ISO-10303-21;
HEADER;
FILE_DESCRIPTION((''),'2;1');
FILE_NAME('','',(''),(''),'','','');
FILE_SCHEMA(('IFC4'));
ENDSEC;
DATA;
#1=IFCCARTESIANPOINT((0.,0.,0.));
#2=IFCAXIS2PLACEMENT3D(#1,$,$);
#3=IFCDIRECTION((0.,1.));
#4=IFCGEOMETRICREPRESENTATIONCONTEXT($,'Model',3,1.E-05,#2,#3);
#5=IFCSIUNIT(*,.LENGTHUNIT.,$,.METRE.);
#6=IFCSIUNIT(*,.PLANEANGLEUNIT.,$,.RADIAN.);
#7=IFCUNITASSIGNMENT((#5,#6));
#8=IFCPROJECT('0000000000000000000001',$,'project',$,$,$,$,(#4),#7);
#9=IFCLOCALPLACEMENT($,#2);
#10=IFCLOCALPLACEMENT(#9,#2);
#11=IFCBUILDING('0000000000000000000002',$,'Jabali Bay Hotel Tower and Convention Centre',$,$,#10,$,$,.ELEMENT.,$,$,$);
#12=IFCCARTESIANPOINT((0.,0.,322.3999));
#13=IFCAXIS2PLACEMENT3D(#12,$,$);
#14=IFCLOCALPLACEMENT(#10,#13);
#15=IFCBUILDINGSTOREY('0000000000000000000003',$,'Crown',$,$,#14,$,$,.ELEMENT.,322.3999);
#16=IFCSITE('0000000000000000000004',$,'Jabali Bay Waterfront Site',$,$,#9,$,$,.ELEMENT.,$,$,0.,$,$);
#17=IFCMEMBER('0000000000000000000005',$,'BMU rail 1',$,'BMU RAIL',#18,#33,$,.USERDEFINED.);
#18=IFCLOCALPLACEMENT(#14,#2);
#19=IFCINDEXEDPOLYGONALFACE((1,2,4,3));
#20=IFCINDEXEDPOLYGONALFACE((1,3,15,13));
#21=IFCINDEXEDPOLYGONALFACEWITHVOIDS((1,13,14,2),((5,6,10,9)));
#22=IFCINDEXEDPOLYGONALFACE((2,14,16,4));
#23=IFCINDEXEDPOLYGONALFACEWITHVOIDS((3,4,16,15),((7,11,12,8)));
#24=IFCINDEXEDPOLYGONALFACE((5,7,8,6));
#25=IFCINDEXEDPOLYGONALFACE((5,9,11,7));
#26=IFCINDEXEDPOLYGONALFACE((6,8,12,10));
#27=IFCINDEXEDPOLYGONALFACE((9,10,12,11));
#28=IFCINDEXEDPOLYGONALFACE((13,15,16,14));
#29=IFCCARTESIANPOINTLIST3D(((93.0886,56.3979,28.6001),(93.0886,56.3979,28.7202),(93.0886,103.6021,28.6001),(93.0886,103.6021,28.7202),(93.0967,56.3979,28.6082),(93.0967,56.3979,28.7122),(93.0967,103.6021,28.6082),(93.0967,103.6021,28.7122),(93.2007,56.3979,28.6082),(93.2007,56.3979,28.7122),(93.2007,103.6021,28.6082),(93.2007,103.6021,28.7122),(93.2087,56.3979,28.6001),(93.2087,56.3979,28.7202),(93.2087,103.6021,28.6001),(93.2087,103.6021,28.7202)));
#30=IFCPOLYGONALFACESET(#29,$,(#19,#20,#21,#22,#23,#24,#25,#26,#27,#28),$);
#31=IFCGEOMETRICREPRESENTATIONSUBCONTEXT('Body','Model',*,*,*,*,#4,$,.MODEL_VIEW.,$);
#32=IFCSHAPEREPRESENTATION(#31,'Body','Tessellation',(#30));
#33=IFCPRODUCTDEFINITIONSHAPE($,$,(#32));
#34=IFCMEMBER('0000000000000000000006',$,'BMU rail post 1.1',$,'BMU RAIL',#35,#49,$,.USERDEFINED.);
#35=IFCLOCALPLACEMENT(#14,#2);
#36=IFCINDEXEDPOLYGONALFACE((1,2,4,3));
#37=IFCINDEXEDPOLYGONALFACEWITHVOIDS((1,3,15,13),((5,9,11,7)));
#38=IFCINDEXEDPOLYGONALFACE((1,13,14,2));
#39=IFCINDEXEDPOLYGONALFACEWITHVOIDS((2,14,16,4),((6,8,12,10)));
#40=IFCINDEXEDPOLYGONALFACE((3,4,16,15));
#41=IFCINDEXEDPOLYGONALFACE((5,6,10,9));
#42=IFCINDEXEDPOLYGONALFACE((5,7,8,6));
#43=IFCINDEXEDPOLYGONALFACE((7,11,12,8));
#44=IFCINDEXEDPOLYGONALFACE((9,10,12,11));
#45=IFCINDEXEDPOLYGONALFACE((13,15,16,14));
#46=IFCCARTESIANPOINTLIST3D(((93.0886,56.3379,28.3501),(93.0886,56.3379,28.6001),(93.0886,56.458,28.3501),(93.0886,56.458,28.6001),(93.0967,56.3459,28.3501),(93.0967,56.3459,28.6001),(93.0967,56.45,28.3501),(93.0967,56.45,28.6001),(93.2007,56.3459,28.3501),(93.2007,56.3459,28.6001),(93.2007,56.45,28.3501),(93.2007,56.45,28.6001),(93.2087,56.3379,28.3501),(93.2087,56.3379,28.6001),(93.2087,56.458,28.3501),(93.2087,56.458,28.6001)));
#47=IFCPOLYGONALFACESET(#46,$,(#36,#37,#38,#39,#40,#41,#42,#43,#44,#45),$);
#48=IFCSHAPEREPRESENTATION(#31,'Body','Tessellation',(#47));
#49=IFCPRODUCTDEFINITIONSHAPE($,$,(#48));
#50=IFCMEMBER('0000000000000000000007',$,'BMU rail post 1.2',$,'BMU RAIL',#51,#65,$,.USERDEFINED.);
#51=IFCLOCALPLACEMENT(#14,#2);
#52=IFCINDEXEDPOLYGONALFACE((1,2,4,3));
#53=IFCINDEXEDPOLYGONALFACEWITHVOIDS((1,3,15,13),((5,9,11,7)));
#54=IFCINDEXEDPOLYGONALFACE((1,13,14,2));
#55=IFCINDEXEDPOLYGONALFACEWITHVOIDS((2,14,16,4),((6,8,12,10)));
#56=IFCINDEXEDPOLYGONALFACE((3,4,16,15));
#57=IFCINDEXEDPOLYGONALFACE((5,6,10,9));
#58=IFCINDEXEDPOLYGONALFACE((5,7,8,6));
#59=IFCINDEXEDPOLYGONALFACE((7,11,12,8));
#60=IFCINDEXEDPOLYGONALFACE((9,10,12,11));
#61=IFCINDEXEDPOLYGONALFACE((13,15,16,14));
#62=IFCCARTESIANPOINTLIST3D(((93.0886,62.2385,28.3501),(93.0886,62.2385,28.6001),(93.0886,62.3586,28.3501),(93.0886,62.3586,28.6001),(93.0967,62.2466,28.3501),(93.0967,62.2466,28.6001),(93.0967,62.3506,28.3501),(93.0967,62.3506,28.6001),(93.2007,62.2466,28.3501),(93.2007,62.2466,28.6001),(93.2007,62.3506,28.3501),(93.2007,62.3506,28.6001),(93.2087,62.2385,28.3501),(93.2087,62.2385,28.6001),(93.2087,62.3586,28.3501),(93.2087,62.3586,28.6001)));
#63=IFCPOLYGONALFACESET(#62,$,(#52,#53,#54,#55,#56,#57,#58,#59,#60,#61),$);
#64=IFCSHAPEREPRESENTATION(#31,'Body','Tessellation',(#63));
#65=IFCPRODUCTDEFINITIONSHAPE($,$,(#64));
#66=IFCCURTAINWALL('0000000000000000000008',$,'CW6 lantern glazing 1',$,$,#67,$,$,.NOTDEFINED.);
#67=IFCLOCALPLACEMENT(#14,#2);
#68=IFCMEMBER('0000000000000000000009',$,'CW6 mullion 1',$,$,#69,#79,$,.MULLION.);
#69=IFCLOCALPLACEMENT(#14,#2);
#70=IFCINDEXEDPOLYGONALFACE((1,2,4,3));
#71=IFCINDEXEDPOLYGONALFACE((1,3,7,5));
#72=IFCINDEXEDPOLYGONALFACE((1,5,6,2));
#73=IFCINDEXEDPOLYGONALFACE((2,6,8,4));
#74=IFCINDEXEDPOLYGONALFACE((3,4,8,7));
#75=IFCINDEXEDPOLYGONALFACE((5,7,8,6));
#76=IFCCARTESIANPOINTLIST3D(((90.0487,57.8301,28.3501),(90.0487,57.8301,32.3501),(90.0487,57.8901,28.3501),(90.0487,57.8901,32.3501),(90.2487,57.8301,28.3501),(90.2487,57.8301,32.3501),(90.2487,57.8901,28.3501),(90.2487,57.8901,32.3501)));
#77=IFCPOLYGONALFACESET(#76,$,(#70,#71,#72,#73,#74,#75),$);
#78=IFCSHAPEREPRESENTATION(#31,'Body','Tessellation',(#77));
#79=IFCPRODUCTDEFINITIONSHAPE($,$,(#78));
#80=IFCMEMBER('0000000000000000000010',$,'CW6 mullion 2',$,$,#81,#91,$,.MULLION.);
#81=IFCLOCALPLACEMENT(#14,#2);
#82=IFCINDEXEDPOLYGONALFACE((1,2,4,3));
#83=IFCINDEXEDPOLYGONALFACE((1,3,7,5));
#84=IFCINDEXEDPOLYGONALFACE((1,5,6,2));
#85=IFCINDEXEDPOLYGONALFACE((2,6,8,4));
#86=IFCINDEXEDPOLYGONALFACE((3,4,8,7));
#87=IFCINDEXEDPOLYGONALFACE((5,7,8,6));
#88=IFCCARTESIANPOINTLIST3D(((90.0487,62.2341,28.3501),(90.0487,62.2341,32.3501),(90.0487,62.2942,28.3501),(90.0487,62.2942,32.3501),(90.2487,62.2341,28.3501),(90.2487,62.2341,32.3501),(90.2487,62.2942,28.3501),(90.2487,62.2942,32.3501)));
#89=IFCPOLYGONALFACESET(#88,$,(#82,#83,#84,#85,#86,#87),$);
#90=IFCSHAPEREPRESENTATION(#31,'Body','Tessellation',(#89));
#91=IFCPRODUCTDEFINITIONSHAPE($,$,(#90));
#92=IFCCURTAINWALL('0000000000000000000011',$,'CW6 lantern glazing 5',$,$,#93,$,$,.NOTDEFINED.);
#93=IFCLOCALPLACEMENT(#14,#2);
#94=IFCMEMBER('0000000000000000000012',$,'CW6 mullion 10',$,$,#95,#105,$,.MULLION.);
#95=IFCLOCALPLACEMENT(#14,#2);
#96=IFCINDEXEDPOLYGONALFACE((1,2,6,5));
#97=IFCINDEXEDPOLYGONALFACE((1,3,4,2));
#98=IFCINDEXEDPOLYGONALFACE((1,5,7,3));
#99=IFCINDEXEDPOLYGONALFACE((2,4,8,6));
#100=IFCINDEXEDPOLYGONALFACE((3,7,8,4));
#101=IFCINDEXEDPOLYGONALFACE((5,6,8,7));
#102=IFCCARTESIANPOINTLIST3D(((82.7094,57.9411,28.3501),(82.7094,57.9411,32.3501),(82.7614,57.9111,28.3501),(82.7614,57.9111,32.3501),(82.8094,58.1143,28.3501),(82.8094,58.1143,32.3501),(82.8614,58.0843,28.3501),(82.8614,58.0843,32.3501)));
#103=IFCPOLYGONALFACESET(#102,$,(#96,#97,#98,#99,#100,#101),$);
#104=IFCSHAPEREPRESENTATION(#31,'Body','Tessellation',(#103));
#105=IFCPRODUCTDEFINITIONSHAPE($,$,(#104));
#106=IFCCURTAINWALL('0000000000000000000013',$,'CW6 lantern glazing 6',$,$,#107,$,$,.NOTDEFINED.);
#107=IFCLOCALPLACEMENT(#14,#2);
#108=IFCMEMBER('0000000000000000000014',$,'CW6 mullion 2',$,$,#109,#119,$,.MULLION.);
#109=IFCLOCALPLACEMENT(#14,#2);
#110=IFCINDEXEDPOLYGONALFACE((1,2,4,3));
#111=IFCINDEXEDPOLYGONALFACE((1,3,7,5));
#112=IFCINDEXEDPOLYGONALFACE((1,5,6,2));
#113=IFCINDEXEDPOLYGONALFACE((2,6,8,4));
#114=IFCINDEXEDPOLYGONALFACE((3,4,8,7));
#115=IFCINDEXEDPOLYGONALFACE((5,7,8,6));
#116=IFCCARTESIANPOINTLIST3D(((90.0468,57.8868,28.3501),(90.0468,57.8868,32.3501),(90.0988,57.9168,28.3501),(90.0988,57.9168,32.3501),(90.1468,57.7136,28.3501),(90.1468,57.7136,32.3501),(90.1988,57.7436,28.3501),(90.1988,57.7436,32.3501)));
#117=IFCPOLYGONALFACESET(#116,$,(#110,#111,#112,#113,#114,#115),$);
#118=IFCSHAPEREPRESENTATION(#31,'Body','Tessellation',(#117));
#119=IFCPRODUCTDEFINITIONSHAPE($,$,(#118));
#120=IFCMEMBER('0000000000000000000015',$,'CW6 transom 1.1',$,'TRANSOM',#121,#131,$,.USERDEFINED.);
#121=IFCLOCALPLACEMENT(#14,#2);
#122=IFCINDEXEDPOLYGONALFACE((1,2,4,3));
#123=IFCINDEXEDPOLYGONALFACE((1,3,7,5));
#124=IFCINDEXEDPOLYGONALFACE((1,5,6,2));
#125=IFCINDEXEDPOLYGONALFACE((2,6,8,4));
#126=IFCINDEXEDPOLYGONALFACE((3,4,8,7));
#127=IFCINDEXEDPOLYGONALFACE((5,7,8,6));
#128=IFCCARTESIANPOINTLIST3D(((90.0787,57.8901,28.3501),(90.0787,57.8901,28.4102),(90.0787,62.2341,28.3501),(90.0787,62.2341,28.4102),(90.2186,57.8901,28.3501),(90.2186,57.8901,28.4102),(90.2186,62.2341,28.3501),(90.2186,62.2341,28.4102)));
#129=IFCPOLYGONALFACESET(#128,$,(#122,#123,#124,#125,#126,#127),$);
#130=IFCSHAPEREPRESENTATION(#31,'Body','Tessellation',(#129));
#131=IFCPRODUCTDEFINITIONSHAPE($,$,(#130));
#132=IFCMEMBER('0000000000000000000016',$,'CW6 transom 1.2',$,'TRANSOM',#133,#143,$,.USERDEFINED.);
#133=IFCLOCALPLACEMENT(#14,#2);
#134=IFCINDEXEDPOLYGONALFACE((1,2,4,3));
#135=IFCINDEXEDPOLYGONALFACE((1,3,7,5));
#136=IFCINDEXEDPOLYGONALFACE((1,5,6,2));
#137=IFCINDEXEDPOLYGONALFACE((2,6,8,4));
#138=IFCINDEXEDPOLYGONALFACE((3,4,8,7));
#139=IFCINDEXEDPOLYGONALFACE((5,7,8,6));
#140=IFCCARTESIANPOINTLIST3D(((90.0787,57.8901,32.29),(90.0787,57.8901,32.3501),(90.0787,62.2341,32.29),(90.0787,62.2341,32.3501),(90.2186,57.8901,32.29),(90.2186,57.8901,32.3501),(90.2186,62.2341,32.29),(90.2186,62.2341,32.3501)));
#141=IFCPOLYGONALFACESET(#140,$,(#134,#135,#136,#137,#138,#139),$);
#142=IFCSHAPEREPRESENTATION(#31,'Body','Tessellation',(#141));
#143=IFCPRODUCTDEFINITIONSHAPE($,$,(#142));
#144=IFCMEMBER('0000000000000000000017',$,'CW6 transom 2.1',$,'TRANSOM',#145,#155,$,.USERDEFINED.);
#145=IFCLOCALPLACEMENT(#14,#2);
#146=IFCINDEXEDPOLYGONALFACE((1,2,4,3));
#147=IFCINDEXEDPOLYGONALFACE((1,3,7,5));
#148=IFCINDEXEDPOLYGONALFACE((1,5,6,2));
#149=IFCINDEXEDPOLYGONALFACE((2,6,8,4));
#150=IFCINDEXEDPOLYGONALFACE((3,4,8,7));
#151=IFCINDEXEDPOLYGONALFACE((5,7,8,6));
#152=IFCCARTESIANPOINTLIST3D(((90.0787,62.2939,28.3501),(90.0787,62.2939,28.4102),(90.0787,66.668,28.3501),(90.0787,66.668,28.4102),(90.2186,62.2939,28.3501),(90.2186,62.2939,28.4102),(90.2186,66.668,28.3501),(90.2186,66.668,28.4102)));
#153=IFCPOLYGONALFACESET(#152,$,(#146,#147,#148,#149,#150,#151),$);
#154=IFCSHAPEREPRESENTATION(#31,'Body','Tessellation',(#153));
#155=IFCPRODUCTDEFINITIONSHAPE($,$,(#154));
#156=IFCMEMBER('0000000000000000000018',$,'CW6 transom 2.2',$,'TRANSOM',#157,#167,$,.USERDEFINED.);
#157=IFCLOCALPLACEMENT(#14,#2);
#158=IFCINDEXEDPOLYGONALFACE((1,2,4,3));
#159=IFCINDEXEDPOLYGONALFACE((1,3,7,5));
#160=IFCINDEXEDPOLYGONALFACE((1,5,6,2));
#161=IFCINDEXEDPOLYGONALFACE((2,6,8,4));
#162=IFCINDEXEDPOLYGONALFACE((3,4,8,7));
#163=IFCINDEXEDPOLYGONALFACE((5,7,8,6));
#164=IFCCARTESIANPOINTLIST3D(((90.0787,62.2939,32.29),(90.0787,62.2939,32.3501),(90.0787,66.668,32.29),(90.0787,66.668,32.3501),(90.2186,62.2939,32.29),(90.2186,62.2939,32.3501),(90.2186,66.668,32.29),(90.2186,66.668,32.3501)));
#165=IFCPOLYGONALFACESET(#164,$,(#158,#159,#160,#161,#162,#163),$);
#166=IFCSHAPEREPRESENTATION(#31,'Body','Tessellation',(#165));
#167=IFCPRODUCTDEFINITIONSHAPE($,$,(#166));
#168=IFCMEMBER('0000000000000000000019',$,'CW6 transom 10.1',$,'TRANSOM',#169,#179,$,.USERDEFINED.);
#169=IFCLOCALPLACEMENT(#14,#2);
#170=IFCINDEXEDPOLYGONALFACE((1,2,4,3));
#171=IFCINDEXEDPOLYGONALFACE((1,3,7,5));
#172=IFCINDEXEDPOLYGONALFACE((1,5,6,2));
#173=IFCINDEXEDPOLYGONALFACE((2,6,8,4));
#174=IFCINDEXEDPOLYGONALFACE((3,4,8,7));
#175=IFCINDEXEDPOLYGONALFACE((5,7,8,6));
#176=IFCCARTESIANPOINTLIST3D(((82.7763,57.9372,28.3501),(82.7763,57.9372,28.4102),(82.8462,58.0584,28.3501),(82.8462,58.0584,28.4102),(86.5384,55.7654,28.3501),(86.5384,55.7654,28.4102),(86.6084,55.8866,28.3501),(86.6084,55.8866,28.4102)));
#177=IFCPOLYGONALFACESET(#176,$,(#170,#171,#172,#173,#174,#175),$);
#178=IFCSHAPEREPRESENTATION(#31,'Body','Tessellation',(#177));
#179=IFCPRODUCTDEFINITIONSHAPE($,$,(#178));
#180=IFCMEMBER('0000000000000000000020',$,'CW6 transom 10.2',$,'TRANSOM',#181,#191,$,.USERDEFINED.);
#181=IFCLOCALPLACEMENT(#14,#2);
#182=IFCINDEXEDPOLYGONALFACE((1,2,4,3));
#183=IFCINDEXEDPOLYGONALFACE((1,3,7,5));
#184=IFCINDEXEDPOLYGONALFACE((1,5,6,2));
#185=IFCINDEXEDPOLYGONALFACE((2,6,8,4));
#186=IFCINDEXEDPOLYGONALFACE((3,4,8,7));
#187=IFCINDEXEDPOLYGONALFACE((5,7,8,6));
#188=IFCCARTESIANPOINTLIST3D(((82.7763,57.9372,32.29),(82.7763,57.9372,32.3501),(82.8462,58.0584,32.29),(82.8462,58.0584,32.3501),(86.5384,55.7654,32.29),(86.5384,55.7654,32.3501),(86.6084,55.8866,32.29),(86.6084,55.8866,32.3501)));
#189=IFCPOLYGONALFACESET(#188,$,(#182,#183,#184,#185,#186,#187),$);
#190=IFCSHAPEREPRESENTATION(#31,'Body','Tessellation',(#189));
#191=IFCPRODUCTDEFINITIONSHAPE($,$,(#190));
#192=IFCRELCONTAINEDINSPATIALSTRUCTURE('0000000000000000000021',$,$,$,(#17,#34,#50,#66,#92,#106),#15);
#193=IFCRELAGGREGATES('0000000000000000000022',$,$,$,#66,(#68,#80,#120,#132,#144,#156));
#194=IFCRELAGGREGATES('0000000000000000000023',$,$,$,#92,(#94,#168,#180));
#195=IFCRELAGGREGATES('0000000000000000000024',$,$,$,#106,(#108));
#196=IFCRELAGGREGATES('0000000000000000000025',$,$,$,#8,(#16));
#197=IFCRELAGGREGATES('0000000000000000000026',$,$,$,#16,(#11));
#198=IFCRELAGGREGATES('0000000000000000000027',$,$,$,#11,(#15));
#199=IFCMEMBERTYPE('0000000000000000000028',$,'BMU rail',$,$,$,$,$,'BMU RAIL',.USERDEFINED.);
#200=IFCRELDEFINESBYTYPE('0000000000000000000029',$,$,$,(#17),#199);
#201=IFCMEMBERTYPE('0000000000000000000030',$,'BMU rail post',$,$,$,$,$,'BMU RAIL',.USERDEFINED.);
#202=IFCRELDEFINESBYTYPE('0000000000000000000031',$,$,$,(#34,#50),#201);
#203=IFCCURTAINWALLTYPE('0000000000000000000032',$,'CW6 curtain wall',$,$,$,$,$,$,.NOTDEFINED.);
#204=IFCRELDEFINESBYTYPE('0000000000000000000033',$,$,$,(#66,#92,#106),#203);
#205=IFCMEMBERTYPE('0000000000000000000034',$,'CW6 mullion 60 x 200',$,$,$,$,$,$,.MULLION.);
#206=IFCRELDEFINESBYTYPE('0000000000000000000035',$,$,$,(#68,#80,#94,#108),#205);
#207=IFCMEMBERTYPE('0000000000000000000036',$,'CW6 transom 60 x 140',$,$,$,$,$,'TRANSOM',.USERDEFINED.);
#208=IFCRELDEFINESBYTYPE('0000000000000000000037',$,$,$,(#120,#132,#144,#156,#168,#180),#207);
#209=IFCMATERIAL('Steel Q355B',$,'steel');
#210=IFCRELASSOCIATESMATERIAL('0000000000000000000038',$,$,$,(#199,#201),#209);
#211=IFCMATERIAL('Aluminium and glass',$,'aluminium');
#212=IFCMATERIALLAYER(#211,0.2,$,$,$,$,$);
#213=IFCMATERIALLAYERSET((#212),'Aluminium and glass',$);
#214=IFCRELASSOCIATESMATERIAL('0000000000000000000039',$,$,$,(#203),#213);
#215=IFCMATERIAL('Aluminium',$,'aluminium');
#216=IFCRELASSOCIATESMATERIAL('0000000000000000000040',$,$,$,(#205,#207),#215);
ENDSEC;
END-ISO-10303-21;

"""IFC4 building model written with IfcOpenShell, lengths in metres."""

from ifc_helpers import new_model, si_unit, direction, frame, origin, origin_2d, place, context, subcontext, project, spatial, rectangle, hollow_rectangle, extrude, material, layer, layer_set, material_profile, profile_set, type_object, element, aggregate, save


model = new_model("IFC4")

# Units and contexts
model_context = context("Model", 3, precision=1e-05, world=origin(), true_north=direction((0.0, 1.0)))
body_context = subcontext(model_context, "Body", "Model", "MODEL_VIEW")
ifc_project = project(units=[si_unit("LENGTHUNIT", "METRE"), si_unit("PLANEANGLEUNIT", "RADIAN")], contexts=[model_context])

# Site, building, storey
site_placement = place(None, origin())
site = spatial("IfcSite", under=ifc_project, at=site_placement, Name="Jabali Bay Waterfront Site", CompositionType="ELEMENT", RefElevation=0.0)
building_placement = place(site_placement, origin())
building = spatial("IfcBuilding", under=site, at=building_placement, Name="Jabali Bay Hotel Tower and Convention Centre", CompositionType="ELEMENT")
storey_placement = place(building_placement, frame((0.0, 0.0, 322.3999)))
storey = spatial("IfcBuildingStorey", under=building, at=storey_placement, Name="Crown", CompositionType="ELEMENT", Elevation=322.3999)

# Members
ifc_material_1 = material(Name="Steel Q355B", Category="steel")
ifc_material_profile_1 = material_profile(ifc_material_1, hollow_rectangle(XDim=0.1201, YDim=0.1201, WallThickness=0.0081, at=origin_2d()), Name="BMU rail")
ifc_profile_set_1 = profile_set([ifc_material_profile_1], Name="Steel Q355B")
member_type_1 = type_object("IfcMemberType", Name="BMU rail", ElementType="BMU RAIL", PredefinedType="USERDEFINED", material=ifc_profile_set_1)
member_1_placement = place(storey_placement, frame((93.1487, 56.3979, 28.6602), z_axis=(0.0, 1.0, 0.0), x_axis=(-1.0, 0.0, 0.0)))
element("IfcMember", 1, at=member_1_placement, inside=storey, type_object=member_type_1, Name="BMU rail 1", ObjectType="BMU RAIL", PredefinedType="USERDEFINED", context=body_context, shape_type="SweptSolid", body=[
    extrude(hollow_rectangle(XDim=0.1201, YDim=0.1201, WallThickness=0.0081, at=origin_2d()), origin(), (0.0, 0.0, 1.0), 47.2041),
])
ifc_material_profile_2 = material_profile(ifc_material_1, hollow_rectangle(XDim=0.1201, YDim=0.1201, WallThickness=0.0081, at=origin_2d()), Name="BMU rail post")
ifc_profile_set_2 = profile_set([ifc_material_profile_2], Name="Steel Q355B")
member_type_2 = type_object("IfcMemberType", Name="BMU rail post", ElementType="BMU RAIL", PredefinedType="USERDEFINED", material=ifc_profile_set_2)
for number, where, z_axis, x_axis, name in (
    (2, (93.1487, 56.3979, 28.3501), (0.0, 0.0, 1.0), (1.0, 0.0, 0.0), "BMU rail post 1.1"),
    (3, (93.1487, 62.2986, 28.3501), (0.0, 0.0, 1.0), (1.0, 0.0, 0.0), "BMU rail post 1.2"),
):
    element("IfcMember", number, at=place(storey_placement, frame(where, z_axis=z_axis, x_axis=x_axis)), inside=storey, type_object=member_type_2, Name=name, ObjectType="BMU RAIL", PredefinedType="USERDEFINED", context=body_context, shape_type="SweptSolid", body=[
        extrude(hollow_rectangle(XDim=0.1201, YDim=0.1201, WallThickness=0.0081, at=origin_2d()), origin(), (0.0, 0.0, 1.0), 0.25),
    ])

# Curtain wall, members
ifc_material_2 = material(Name="Aluminium and glass", Category="aluminium")
ifc_layer_1 = layer(ifc_material_2, 0.2)
ifc_layer_set_1 = layer_set([ifc_layer_1], Name="Aluminium and glass")
curtain_wall_type = type_object("IfcCurtainWallType", Name="CW6 curtain wall", PredefinedType="NOTDEFINED", material=ifc_layer_set_1)
curtain_wall_1_placement = place(storey_placement, origin())
curtain_wall_1 = element("IfcCurtainWall", 4, at=curtain_wall_1_placement, inside=storey, type_object=curtain_wall_type, Name="CW6 lantern glazing 1", PredefinedType="NOTDEFINED")
ifc_material_3 = material(Name="Aluminium", Category="aluminium")
ifc_material_profile_3 = material_profile(ifc_material_3, rectangle(XDim=0.2, YDim=0.0601, at=origin_2d()), Name="CW6 mullion 60 x 200")
ifc_profile_set_3 = profile_set([ifc_material_profile_3], Name="Aluminium")
member_type_3 = type_object("IfcMemberType", Name="CW6 mullion 60 x 200", PredefinedType="MULLION", material=ifc_profile_set_3)
member_2_placement = place(storey_placement, frame((90.1487, 57.8601, 28.3501), z_axis=(0.0, 0.0, 1.0), x_axis=(-1.0, 0.0, 0.0)))
member_2 = element("IfcMember", 5, at=member_2_placement, type_object=member_type_3, Name="CW6 mullion 1", PredefinedType="MULLION", context=body_context, shape_type="SweptSolid", body=[
    extrude(rectangle(XDim=0.2, YDim=0.0601, at=origin_2d()), origin(), (0.0, 0.0, 1.0), 4.0),
])
member_3_placement = place(storey_placement, frame((90.1487, 62.2642, 28.3501), z_axis=(0.0, 0.0, 1.0), x_axis=(-1.0, 0.0, 0.0)))
member_3 = element("IfcMember", 6, at=member_3_placement, type_object=member_type_3, Name="CW6 mullion 2", PredefinedType="MULLION", context=body_context, shape_type="SweptSolid", body=[
    extrude(rectangle(XDim=0.2, YDim=0.0601, at=origin_2d()), origin(), (0.0, 0.0, 1.0), 4.0),
])

# Curtain walls, members
curtain_wall_2_placement = place(storey_placement, origin())
curtain_wall_2 = element("IfcCurtainWall", 7, at=curtain_wall_2_placement, inside=storey, type_object=curtain_wall_type, Name="CW6 lantern glazing 5", PredefinedType="NOTDEFINED")
member_4_placement = place(storey_placement, frame((82.7854, 58.0127, 28.3501), z_axis=(0.0, 0.0, 1.0), x_axis=(0.5, 0.866025, 0.0)))
member_4 = element("IfcMember", 8, at=member_4_placement, type_object=member_type_3, Name="CW6 mullion 10", PredefinedType="MULLION", context=body_context, shape_type="SweptSolid", body=[
    extrude(rectangle(XDim=0.2, YDim=0.0601, at=origin_2d()), origin(), (0.0, 0.0, 1.0), 4.0),
])
curtain_wall_3_placement = place(storey_placement, origin())
curtain_wall_3 = element("IfcCurtainWall", 9, at=curtain_wall_3_placement, inside=storey, type_object=curtain_wall_type, Name="CW6 lantern glazing 6", PredefinedType="NOTDEFINED")
member_5_placement = place(storey_placement, frame((90.1228, 57.8152, 28.3501), z_axis=(0.0, 0.0, 1.0), x_axis=(-0.5, 0.866025, 0.0)))
member_5 = element("IfcMember", 10, at=member_5_placement, type_object=member_type_3, Name="CW6 mullion 2", PredefinedType="MULLION", context=body_context, shape_type="SweptSolid", body=[
    extrude(rectangle(XDim=0.2, YDim=0.0601, at=origin_2d()), origin(), (0.0, 0.0, 1.0), 4.0),
])

# Members
ifc_material_profile_4 = material_profile(ifc_material_3, rectangle(XDim=0.1399, YDim=0.0601, at=origin_2d()), Name="CW6 transom 60 x 140")
ifc_profile_set_4 = profile_set([ifc_material_profile_4], Name="Aluminium")
member_type_4 = type_object("IfcMemberType", Name="CW6 transom 60 x 140", ElementType="TRANSOM", PredefinedType="USERDEFINED", material=ifc_profile_set_4)
member_6_placement = place(storey_placement, frame((90.1487, 57.8901, 28.3801), z_axis=(0.0, 1.0, 0.0), x_axis=(-1.0, 0.0, 0.0)))
member_6 = element("IfcMember", 11, at=member_6_placement, type_object=member_type_4, Name="CW6 transom 1.1", ObjectType="TRANSOM", PredefinedType="USERDEFINED", context=body_context, shape_type="SweptSolid", body=[
    extrude(rectangle(XDim=0.1399, YDim=0.0601, at=origin_2d()), origin(), (0.0, 0.0, 1.0), 4.344),
])
member_7_placement = place(storey_placement, frame((90.1487, 57.8901, 32.3201), z_axis=(0.0, 1.0, 0.0), x_axis=(-1.0, 0.0, 0.0)))
member_7 = element("IfcMember", 12, at=member_7_placement, type_object=member_type_4, Name="CW6 transom 1.2", ObjectType="TRANSOM", PredefinedType="USERDEFINED", context=body_context, shape_type="SweptSolid", body=[
    extrude(rectangle(XDim=0.1399, YDim=0.0601, at=origin_2d()), origin(), (0.0, 0.0, 1.0), 4.344),
])
member_8_placement = place(storey_placement, frame((90.1487, 62.2939, 28.3801), z_axis=(0.0, 1.0, 0.0), x_axis=(-1.0, 0.0, 0.0)))
member_8 = element("IfcMember", 13, at=member_8_placement, type_object=member_type_4, Name="CW6 transom 2.1", ObjectType="TRANSOM", PredefinedType="USERDEFINED", context=body_context, shape_type="SweptSolid", body=[
    extrude(rectangle(XDim=0.1399, YDim=0.0601, at=origin_2d()), origin(), (0.0, 0.0, 1.0), 4.374),
])
member_9_placement = place(storey_placement, frame((90.1487, 62.2939, 32.3201), z_axis=(0.0, 1.0, 0.0), x_axis=(-1.0, 0.0, 0.0)))
member_9 = element("IfcMember", 14, at=member_9_placement, type_object=member_type_4, Name="CW6 transom 2.2", ObjectType="TRANSOM", PredefinedType="USERDEFINED", context=body_context, shape_type="SweptSolid", body=[
    extrude(rectangle(XDim=0.1399, YDim=0.0601, at=origin_2d()), origin(), (0.0, 0.0, 1.0), 4.374),
])
member_10_placement = place(storey_placement, frame((82.8113, 57.9978, 28.3801), z_axis=(0.866049, -0.499959, 0.0), x_axis=(0.499959, 0.866049, 0.0)))
member_10 = element("IfcMember", 15, at=member_10_placement, type_object=member_type_4, Name="CW6 transom 10.1", ObjectType="TRANSOM", PredefinedType="USERDEFINED", context=body_context, shape_type="SweptSolid", body=[
    extrude(rectangle(XDim=0.1399, YDim=0.0601, at=origin_2d()), origin(), (0.0, 0.0, 1.0), 4.344),
])
member_11_placement = place(storey_placement, frame((82.8113, 57.9978, 32.3201), z_axis=(0.866049, -0.499959, 0.0), x_axis=(0.499959, 0.866049, 0.0)))
member_11 = element("IfcMember", 16, at=member_11_placement, type_object=member_type_4, Name="CW6 transom 10.2", ObjectType="TRANSOM", PredefinedType="USERDEFINED", context=body_context, shape_type="SweptSolid", body=[
    extrude(rectangle(XDim=0.1399, YDim=0.0601, at=origin_2d()), origin(), (0.0, 0.0, 1.0), 4.344),
])

aggregate(curtain_wall_1, [member_2, member_3, member_6, member_7, member_8, member_9])
aggregate(curtain_wall_2, [member_4, member_10, member_11])
aggregate(curtain_wall_3, [member_5])

save(model, "model.ifc")
